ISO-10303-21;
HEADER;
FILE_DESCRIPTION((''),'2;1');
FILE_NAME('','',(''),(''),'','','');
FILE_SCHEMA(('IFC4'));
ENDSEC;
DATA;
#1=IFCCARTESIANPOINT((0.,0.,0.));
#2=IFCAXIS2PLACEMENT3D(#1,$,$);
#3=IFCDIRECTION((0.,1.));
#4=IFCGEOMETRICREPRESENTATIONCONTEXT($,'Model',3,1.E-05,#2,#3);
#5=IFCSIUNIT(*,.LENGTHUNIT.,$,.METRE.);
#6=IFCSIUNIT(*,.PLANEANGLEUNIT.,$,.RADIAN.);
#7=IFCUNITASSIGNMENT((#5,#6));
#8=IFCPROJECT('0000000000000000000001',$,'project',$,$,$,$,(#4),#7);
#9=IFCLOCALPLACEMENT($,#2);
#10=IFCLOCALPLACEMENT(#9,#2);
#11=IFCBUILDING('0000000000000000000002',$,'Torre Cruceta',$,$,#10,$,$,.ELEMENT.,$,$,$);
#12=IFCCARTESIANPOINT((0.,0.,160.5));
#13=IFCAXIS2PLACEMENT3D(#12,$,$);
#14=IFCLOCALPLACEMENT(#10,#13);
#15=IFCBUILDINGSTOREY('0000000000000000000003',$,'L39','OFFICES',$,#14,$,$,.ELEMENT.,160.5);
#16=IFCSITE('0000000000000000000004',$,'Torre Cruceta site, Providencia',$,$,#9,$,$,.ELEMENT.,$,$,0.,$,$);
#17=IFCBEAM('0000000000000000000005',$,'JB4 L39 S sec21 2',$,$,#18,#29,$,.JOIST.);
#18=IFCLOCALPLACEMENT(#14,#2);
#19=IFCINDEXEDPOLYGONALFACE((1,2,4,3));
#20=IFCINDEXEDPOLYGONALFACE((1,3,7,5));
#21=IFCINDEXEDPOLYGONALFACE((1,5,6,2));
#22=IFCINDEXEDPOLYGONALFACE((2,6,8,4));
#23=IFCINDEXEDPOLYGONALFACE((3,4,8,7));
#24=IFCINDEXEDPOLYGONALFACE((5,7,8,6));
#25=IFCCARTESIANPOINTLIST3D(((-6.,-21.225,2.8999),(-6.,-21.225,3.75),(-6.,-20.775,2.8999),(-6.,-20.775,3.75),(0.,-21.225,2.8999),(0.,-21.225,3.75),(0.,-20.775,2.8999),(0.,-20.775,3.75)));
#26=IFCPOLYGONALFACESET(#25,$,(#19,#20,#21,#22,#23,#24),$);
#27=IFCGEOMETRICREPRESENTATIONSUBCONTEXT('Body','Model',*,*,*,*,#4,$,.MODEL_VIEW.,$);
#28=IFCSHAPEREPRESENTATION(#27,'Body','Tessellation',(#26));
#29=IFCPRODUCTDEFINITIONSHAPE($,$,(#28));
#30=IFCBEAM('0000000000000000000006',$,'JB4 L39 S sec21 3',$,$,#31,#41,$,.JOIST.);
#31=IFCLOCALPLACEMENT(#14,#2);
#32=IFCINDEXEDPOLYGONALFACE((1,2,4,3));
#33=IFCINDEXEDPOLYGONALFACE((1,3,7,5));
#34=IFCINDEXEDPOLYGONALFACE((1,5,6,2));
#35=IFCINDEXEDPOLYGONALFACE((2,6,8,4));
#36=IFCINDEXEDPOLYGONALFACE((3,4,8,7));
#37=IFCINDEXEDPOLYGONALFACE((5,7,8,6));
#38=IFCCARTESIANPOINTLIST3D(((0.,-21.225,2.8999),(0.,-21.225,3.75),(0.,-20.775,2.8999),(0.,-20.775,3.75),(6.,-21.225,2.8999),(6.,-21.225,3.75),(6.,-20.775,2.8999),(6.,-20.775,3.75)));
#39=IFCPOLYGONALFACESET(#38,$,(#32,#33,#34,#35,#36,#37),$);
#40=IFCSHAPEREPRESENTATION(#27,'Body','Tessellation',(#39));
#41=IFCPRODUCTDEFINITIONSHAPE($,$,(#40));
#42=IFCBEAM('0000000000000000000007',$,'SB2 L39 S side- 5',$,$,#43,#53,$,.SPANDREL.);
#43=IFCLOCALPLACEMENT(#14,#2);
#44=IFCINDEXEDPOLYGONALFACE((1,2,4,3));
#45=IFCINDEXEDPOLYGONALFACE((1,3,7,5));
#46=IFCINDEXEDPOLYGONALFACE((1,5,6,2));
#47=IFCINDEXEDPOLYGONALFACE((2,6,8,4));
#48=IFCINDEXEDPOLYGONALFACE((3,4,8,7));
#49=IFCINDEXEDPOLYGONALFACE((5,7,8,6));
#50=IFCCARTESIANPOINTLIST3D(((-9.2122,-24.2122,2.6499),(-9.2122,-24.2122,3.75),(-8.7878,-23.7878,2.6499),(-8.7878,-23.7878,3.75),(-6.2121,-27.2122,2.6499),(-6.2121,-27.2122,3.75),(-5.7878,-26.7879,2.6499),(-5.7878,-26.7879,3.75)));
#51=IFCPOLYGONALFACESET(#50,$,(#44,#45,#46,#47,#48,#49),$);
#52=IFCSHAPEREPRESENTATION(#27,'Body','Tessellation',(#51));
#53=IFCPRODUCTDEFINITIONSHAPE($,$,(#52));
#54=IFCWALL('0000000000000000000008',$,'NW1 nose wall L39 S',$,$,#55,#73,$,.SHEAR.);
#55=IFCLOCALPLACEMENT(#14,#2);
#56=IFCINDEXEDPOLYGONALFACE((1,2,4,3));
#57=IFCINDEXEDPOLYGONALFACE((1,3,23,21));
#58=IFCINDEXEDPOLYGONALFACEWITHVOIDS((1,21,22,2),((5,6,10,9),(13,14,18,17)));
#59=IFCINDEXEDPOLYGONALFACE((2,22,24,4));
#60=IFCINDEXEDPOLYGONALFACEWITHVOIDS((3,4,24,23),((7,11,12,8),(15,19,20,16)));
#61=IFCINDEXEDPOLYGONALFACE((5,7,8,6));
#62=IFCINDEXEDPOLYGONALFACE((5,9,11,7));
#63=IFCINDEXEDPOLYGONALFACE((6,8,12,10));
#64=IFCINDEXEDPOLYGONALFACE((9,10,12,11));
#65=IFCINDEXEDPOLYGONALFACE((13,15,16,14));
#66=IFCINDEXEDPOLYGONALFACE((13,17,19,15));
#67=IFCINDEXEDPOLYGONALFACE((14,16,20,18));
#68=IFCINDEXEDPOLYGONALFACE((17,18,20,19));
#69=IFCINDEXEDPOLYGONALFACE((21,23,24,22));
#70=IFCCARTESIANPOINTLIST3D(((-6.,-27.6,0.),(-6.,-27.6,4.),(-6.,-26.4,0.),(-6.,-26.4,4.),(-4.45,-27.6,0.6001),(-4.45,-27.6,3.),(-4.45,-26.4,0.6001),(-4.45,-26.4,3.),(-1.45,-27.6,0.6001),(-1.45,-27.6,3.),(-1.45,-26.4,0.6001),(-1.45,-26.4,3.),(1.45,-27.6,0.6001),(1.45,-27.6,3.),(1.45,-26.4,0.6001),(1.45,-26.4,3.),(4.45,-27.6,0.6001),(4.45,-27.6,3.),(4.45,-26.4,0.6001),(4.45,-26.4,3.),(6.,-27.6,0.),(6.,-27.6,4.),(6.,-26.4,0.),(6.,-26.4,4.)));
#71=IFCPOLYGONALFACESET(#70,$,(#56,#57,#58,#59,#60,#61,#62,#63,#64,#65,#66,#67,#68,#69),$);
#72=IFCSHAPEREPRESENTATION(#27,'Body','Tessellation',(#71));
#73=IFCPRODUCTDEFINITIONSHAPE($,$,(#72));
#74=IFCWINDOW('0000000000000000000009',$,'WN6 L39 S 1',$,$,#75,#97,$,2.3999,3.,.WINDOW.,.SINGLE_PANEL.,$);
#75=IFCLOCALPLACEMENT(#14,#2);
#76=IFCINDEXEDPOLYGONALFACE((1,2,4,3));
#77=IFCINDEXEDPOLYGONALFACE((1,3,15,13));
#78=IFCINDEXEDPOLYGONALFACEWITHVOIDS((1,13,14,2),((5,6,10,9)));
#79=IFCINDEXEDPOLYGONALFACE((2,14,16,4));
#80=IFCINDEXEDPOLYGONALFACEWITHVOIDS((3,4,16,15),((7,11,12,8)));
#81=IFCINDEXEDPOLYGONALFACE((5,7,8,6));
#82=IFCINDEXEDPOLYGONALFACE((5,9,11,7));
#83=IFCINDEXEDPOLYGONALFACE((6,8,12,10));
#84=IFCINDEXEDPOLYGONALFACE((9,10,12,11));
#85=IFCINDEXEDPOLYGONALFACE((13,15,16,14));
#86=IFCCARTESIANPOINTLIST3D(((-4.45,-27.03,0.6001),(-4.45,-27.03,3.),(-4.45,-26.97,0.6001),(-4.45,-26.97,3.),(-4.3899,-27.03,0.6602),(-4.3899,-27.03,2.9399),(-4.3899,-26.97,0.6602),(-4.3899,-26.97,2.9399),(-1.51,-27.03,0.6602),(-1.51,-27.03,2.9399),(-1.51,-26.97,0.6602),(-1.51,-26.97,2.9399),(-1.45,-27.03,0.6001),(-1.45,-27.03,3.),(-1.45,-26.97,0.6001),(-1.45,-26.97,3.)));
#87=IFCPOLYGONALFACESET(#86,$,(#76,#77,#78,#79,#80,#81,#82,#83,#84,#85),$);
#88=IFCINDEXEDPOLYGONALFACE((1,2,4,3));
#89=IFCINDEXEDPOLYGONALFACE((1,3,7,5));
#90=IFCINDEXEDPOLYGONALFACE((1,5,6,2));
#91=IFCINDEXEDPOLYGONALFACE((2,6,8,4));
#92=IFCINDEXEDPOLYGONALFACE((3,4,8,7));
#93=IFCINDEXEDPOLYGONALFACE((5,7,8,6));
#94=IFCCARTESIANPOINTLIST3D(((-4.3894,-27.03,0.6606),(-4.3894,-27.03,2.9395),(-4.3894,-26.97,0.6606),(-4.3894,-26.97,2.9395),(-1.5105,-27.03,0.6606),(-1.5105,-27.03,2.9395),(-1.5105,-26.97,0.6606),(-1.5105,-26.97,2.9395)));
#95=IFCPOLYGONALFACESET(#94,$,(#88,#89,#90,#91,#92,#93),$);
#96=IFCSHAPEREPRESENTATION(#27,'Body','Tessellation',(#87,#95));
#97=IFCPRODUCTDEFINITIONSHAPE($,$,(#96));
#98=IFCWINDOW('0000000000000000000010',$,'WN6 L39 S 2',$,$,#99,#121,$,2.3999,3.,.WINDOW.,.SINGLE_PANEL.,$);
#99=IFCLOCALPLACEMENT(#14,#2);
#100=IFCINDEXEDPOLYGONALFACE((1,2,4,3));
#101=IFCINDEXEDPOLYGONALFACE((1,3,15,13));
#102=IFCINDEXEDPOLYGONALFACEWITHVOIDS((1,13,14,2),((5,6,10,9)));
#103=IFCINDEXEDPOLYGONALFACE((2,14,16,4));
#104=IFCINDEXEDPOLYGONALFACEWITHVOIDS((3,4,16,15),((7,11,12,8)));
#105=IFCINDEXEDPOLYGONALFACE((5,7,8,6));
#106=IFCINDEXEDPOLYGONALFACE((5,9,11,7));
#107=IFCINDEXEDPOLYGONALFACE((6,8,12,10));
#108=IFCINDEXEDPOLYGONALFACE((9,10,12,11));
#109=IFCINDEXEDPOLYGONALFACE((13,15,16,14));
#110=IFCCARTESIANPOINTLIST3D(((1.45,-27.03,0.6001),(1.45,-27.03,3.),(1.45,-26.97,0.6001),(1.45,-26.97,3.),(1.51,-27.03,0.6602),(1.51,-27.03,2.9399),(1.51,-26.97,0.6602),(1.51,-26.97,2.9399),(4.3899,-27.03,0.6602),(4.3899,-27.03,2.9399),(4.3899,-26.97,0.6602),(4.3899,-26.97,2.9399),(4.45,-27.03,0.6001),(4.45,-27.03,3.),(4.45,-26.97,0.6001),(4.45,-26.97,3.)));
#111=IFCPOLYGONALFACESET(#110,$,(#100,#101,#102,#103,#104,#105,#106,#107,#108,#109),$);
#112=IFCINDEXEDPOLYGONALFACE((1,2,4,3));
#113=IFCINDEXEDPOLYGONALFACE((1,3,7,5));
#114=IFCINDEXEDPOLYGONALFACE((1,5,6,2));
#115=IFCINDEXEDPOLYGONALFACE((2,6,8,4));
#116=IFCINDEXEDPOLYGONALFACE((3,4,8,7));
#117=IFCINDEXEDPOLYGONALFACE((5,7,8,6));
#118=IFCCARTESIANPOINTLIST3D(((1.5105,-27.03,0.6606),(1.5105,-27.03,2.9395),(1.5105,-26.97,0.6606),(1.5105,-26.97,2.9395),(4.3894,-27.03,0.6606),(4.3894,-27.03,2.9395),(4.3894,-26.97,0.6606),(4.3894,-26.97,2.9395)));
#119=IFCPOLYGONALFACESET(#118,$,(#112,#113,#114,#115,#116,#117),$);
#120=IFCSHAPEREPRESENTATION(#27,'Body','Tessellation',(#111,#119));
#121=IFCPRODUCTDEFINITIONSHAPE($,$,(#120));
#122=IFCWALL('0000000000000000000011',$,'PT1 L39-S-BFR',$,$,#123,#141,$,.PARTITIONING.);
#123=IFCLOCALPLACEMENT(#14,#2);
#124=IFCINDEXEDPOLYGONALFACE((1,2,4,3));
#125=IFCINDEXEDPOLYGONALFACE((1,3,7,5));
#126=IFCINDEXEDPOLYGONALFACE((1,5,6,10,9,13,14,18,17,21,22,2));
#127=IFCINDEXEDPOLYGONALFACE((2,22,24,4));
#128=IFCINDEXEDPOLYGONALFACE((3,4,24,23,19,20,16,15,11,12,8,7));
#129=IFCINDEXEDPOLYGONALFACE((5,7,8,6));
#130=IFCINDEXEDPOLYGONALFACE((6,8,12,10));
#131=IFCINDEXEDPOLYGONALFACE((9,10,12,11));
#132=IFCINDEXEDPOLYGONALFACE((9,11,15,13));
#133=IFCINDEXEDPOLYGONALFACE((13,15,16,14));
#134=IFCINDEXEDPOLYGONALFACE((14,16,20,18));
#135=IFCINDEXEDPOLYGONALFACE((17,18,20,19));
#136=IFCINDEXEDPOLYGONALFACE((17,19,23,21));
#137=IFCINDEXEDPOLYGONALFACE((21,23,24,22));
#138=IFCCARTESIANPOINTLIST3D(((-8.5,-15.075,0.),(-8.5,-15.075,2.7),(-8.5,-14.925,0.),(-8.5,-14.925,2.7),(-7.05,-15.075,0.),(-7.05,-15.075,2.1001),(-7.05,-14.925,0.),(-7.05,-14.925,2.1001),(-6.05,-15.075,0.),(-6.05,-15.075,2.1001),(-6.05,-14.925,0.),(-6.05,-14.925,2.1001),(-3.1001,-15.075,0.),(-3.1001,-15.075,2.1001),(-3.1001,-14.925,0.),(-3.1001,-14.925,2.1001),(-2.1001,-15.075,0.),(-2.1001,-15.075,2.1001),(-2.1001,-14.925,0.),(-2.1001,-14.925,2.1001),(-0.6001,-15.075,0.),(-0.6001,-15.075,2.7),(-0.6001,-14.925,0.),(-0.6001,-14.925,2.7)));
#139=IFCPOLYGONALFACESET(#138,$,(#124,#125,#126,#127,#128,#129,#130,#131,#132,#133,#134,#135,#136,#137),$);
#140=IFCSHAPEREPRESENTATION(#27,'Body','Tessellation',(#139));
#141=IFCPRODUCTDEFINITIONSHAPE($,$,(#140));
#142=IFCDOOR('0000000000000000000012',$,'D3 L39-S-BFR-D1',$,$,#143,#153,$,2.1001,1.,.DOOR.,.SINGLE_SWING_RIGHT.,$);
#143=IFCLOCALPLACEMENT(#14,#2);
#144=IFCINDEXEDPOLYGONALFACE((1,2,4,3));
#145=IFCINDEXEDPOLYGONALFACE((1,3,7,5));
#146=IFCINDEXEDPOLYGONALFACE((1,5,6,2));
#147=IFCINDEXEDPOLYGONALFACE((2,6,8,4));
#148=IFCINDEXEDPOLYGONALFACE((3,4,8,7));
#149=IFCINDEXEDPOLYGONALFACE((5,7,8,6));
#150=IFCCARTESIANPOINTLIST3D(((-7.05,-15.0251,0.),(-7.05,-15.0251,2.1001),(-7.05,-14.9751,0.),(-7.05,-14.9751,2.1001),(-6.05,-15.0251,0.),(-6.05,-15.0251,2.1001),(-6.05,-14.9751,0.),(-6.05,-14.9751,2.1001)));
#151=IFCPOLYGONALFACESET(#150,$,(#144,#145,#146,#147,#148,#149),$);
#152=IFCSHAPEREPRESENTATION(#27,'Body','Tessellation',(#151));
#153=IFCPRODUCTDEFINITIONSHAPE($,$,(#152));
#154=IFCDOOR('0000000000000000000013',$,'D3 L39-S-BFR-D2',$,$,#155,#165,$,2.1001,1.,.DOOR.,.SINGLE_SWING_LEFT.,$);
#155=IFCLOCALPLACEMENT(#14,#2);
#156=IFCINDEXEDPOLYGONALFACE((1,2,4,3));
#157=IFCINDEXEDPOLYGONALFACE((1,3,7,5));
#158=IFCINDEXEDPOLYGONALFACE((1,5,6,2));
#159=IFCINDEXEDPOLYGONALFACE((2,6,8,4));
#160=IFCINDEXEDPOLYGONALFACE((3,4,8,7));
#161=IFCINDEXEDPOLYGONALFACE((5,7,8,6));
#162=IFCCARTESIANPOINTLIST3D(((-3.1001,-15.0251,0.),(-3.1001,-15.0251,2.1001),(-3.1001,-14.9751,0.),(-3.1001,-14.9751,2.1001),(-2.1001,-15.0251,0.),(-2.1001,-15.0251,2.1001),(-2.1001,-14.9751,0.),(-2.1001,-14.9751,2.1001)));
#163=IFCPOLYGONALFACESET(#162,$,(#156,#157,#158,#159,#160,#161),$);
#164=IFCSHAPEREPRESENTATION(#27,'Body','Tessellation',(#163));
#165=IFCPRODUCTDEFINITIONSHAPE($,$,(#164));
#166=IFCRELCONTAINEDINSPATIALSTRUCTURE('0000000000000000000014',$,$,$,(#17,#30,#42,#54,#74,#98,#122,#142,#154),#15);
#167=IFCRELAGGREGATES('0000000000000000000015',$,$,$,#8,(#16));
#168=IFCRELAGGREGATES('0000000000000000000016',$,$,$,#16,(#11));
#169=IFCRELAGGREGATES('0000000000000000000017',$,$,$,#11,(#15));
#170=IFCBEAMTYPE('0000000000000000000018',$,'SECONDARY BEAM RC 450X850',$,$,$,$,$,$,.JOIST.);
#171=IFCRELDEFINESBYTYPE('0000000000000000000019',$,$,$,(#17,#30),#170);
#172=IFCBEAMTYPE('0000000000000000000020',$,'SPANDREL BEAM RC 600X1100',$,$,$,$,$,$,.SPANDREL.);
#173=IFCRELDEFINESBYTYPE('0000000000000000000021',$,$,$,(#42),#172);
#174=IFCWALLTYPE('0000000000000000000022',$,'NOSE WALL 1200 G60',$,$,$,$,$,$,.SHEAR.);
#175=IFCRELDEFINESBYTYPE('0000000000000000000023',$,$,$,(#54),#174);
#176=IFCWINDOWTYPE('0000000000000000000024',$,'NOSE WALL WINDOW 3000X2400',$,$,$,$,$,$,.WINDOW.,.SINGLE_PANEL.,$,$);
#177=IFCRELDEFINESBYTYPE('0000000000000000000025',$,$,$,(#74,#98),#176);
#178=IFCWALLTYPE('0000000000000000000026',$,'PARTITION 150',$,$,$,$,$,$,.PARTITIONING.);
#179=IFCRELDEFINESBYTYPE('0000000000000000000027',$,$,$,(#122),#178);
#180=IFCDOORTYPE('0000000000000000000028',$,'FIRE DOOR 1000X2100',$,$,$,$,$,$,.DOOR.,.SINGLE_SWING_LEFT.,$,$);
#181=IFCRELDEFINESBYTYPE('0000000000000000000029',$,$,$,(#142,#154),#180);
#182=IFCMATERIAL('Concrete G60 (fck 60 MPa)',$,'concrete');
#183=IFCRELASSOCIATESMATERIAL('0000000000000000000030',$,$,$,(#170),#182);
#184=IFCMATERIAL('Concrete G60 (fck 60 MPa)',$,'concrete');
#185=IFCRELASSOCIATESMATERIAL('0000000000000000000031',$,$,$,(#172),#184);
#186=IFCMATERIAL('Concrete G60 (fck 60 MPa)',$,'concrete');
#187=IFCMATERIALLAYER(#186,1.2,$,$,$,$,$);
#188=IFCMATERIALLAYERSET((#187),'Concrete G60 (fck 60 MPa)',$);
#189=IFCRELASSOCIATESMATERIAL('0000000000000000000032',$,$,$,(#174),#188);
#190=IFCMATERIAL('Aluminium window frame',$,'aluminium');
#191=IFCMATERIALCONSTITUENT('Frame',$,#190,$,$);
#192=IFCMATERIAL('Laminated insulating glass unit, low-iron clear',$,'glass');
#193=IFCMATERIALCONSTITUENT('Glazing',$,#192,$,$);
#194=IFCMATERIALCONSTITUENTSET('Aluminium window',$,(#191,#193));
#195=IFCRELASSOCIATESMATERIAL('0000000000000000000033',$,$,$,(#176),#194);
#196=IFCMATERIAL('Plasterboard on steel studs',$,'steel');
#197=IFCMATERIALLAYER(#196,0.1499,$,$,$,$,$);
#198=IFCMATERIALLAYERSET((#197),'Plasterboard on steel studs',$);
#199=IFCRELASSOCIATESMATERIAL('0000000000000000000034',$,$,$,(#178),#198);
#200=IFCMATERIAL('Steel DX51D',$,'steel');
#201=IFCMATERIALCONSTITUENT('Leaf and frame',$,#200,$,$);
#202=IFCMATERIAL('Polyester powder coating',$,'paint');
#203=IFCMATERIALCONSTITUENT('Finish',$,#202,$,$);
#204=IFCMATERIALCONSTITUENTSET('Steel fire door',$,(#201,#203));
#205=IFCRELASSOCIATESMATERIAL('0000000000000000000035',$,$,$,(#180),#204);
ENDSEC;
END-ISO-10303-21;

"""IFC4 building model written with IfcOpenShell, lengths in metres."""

from ifc_helpers import new_model, si_unit, direction, frame, frame_2d, origin, origin_2d, place, context, subcontext, project, spatial, rectangle, hollow_rectangle, extrude, material, layer, layer_set, constituent, constituent_set, material_profile, profile_set, type_object, element, fill, save


model = new_model("IFC4")

# Units and contexts
model_context = context("Model", 3, precision=1e-05, world=origin(), true_north=direction((0.0, 1.0)))
body_context = subcontext(model_context, "Body", "Model", "MODEL_VIEW")
ifc_project = project(units=[si_unit("LENGTHUNIT", "METRE"), si_unit("PLANEANGLEUNIT", "RADIAN")], contexts=[model_context])

# Site, building, storey
site_placement = place(None, origin())
site = spatial("IfcSite", under=ifc_project, at=site_placement, Name="Torre Cruceta site, Providencia", CompositionType="ELEMENT", RefElevation=0.0)
building_placement = place(site_placement, origin())
building = spatial("IfcBuilding", under=site, at=building_placement, Name="Torre Cruceta", CompositionType="ELEMENT")
storey_placement = place(building_placement, frame((0.0, 0.0, 160.5)))
storey = spatial("IfcBuildingStorey", under=building, at=storey_placement, Name="L39", Description="OFFICES", CompositionType="ELEMENT", Elevation=160.5)

# Beams
ifc_material_1 = material(Name="Concrete G60 (fck 60 MPa)", Category="concrete")
ifc_material_profile_1 = material_profile(ifc_material_1, rectangle(XDim=0.45, YDim=0.8501, at=origin_2d()), Name="RC 450X850")
ifc_profile_set_1 = profile_set([ifc_material_profile_1], Name="Concrete G60 (fck 60 MPa)")
beam_type_1 = type_object("IfcBeamType", Name="SECONDARY BEAM RC 450X850", PredefinedType="JOIST", material=ifc_profile_set_1)
for number, where, z_axis, x_axis, name in (
    (1, (-6.0, -21.0, 3.325), (1.0, 0.0, 0.0), (0.0, 1.0, 0.0), "JB4 L39 S sec21 2"),
    (2, (0.0, -21.0, 3.325), (1.0, 0.0, 0.0), (0.0, 1.0, 0.0), "JB4 L39 S sec21 3"),
):
    element("IfcBeam", number, at=place(storey_placement, frame(where, z_axis=z_axis, x_axis=x_axis)), inside=storey, type_object=beam_type_1, Name=name, PredefinedType="JOIST", context=body_context, shape_type="SweptSolid", body=[
        extrude(rectangle(XDim=0.45, YDim=0.8501, at=origin_2d()), origin(), (0.0, 0.0, 1.0), 6.0),
    ])
ifc_material_2 = material(Name="Concrete G60 (fck 60 MPa)", Category="concrete")
ifc_material_profile_2 = material_profile(ifc_material_2, rectangle(XDim=0.6001, YDim=1.1001, at=origin_2d()), Name="RC 600X1100")
ifc_profile_set_2 = profile_set([ifc_material_profile_2], Name="Concrete G60 (fck 60 MPa)")
beam_type_2 = type_object("IfcBeamType", Name="SPANDREL BEAM RC 600X1100", PredefinedType="SPANDREL", material=ifc_profile_set_2)
beam_1_placement = place(storey_placement, frame((-9.0, -24.0, 3.2), z_axis=(0.707107, -0.707107, 0.0), x_axis=(0.707107, 0.707107, 0.0)))
element("IfcBeam", 3, at=beam_1_placement, inside=storey, type_object=beam_type_2, Name="SB2 L39 S side- 5", PredefinedType="SPANDREL", context=body_context, shape_type="SweptSolid", body=[
    extrude(rectangle(XDim=0.6001, YDim=1.1001, at=origin_2d()), origin(), (0.0, 0.0, 1.0), 4.2427),
])

# Wall, openings, windows
ifc_material_3 = material(Name="Concrete G60 (fck 60 MPa)", Category="concrete")
ifc_layer_1 = layer(ifc_material_3, 1.2)
ifc_layer_set_1 = layer_set([ifc_layer_1], Name="Concrete G60 (fck 60 MPa)")
wall_type_1 = type_object("IfcWallType", Name="NOSE WALL 1200 G60", PredefinedType="SHEAR", material=ifc_layer_set_1)
wall_1_placement = place(storey_placement, frame((-6.0, -27.0, 0.0), z_axis=(0.0, 0.0, 1.0), x_axis=(1.0, 0.0, 0.0)))
wall_1 = element("IfcWall", 4, at=wall_1_placement, inside=storey, type_object=wall_type_1, Name="NW1 nose wall L39 S", PredefinedType="SHEAR", context=body_context, shape_type="SweptSolid", body=[
    extrude(rectangle(XDim=12.0, YDim=1.2, at=frame_2d((6.0, 0.0))), origin(), (0.0, 0.0, 1.0), 4.0),
])
opening_1_placement = place(wall_1_placement, frame((1.55, 0.0, 0.6001)))
opening_1 = element("IfcOpeningElement", 5, at=opening_1_placement, cuts=wall_1, PredefinedType="OPENING", context=body_context, shape_type="SweptSolid", body=[
    extrude(rectangle(XDim=3.0, YDim=2.3999, at=frame_2d((1.5, 1.2))), frame((0.0, 0.6099, 0.0), z_axis=(0.0, -1.0, 0.0), x_axis=(1.0, 0.0, 0.0)), (0.0, 0.0, 1.0), 1.22),
])
opening_2_placement = place(wall_1_placement, frame((7.45, 0.0, 0.6001)))
opening_2 = element("IfcOpeningElement", 6, at=opening_2_placement, cuts=wall_1, PredefinedType="OPENING", context=body_context, shape_type="SweptSolid", body=[
    extrude(rectangle(XDim=3.0, YDim=2.3999, at=frame_2d((1.5, 1.2))), frame((0.0, 0.6099, 0.0), z_axis=(0.0, -1.0, 0.0), x_axis=(1.0, 0.0, 0.0)), (0.0, 0.0, 1.0), 1.22),
])
ifc_material_4 = material(Name="Aluminium window frame", Category="aluminium")
ifc_constituent_1 = constituent(ifc_material_4, Name="Frame")
ifc_material_5 = material(Name="Laminated insulating glass unit, low-iron clear", Category="glass")
ifc_constituent_2 = constituent(ifc_material_5, Name="Glazing")
ifc_constituent_set_1 = constituent_set(constituents=[ifc_constituent_1, ifc_constituent_2], Name="Aluminium window")
window_type = type_object("IfcWindowType", Name="NOSE WALL WINDOW 3000X2400", PartitioningType="SINGLE_PANEL", PredefinedType="WINDOW", material=ifc_constituent_set_1)
window_1_placement = place(opening_1_placement, origin())
window_1 = element("IfcWindow", 7, at=window_1_placement, inside=storey, type_object=window_type, Name="WN6 L39 S 1", OverallHeight=2.3999, OverallWidth=3.0, PartitioningType="SINGLE_PANEL", PredefinedType="WINDOW", context=body_context, shape_type="SweptSolid", body=[
    extrude(hollow_rectangle(XDim=3.0, YDim=2.3999, WallThickness=0.0601, at=frame_2d((1.5, 1.2))), frame((0.0, 0.03, 0.0), z_axis=(0.0, -1.0, 0.0), x_axis=(1.0, 0.0, 0.0)), (0.0, 0.0, 1.0), 0.0601),
    extrude(rectangle(XDim=2.8789, YDim=2.2788, at=frame_2d((1.5, 1.2))), frame((0.0, 0.03, 0.0), z_axis=(0.0, -1.0, 0.0), x_axis=(1.0, 0.0, 0.0)), (0.0, 0.0, 1.0), 0.0601),
])
fill(opening_1, window_1)
window_2_placement = place(opening_2_placement, origin())
window_2 = element("IfcWindow", 8, at=window_2_placement, inside=storey, type_object=window_type, Name="WN6 L39 S 2", OverallHeight=2.3999, OverallWidth=3.0, PartitioningType="SINGLE_PANEL", PredefinedType="WINDOW", context=body_context, shape_type="SweptSolid", body=[
    extrude(hollow_rectangle(XDim=3.0, YDim=2.3999, WallThickness=0.0601, at=frame_2d((1.5, 1.2))), frame((0.0, 0.03, 0.0), z_axis=(0.0, -1.0, 0.0), x_axis=(1.0, 0.0, 0.0)), (0.0, 0.0, 1.0), 0.0601),
    extrude(rectangle(XDim=2.8789, YDim=2.2788, at=frame_2d((1.5, 1.2))), frame((0.0, 0.03, 0.0), z_axis=(0.0, -1.0, 0.0), x_axis=(1.0, 0.0, 0.0)), (0.0, 0.0, 1.0), 0.0601),
])
fill(opening_2, window_2)

# Wall, openings, doors
ifc_material_6 = material(Name="Plasterboard on steel studs", Category="steel")
ifc_layer_2 = layer(ifc_material_6, 0.1499)
ifc_layer_set_2 = layer_set([ifc_layer_2], Name="Plasterboard on steel studs")
wall_type_2 = type_object("IfcWallType", Name="PARTITION 150", PredefinedType="PARTITIONING", material=ifc_layer_set_2)
wall_2_placement = place(storey_placement, frame((-8.5, -15.0, 0.0), z_axis=(0.0, 0.0, 1.0), x_axis=(1.0, 0.0, 0.0)))
wall_2 = element("IfcWall", 9, at=wall_2_placement, inside=storey, type_object=wall_type_2, Name="PT1 L39-S-BFR", PredefinedType="PARTITIONING", context=body_context, shape_type="SweptSolid", body=[
    extrude(rectangle(XDim=7.8999, YDim=0.1499, at=frame_2d((3.95, 0.0))), origin(), (0.0, 0.0, 1.0), 2.7),
])
opening_3_placement = place(wall_2_placement, frame((1.45, 0.0, 0.0)))
opening_3 = element("IfcOpeningElement", 10, at=opening_3_placement, cuts=wall_2, PredefinedType="OPENING", context=body_context, shape_type="SweptSolid", body=[
    extrude(rectangle(XDim=1.0, YDim=2.1001, at=frame_2d((0.5, 1.05))), frame((0.0, 0.085, 0.0), z_axis=(0.0, -1.0, 0.0), x_axis=(1.0, 0.0, 0.0)), (0.0, 0.0, 1.0), 0.1699),
])
opening_4_placement = place(wall_2_placement, frame((5.3999, 0.0, 0.0)))
opening_4 = element("IfcOpeningElement", 11, at=opening_4_placement, cuts=wall_2, PredefinedType="OPENING", context=body_context, shape_type="SweptSolid", body=[
    extrude(rectangle(XDim=1.0, YDim=2.1001, at=frame_2d((0.5, 1.05))), frame((0.0, 0.085, 0.0), z_axis=(0.0, -1.0, 0.0), x_axis=(1.0, 0.0, 0.0)), (0.0, 0.0, 1.0), 0.1699),
])
ifc_material_7 = material(Name="Steel DX51D", Category="steel")
ifc_constituent_3 = constituent(ifc_material_7, Name="Leaf and frame")
ifc_material_8 = material(Name="Polyester powder coating", Category="paint")
ifc_constituent_4 = constituent(ifc_material_8, Name="Finish")
ifc_constituent_set_2 = constituent_set(constituents=[ifc_constituent_3, ifc_constituent_4], Name="Steel fire door")
door_type_1 = type_object("IfcDoorType", Name="FIRE DOOR 1000X2100", OperationType="SINGLE_SWING_LEFT", PredefinedType="DOOR", material=ifc_constituent_set_2)
door_1_placement = place(opening_3_placement, origin())
door_1 = element("IfcDoor", 12, at=door_1_placement, inside=storey, type_object=door_type_1, Name="D3 L39-S-BFR-D1", OperationType="SINGLE_SWING_RIGHT", OverallHeight=2.1001, OverallWidth=1.0, PredefinedType="DOOR", context=body_context, shape_type="SweptSolid", body=[
    extrude(rectangle(XDim=1.0, YDim=2.1001, at=frame_2d((0.5, 1.05))), frame((0.0, 0.0249, 0.0), z_axis=(0.0, -1.0, 0.0), x_axis=(1.0, 0.0, 0.0)), (0.0, 0.0, 1.0), 0.05),
])
fill(opening_3, door_1)
door_2_placement = place(opening_4_placement, origin())
door_2 = element("IfcDoor", 13, at=door_2_placement, inside=storey, type_object=door_type_1, Name="D3 L39-S-BFR-D2", OperationType="SINGLE_SWING_LEFT", OverallHeight=2.1001, OverallWidth=1.0, PredefinedType="DOOR", context=body_context, shape_type="SweptSolid", body=[
    extrude(rectangle(XDim=1.0, YDim=2.1001, at=frame_2d((0.5, 1.05))), frame((0.0, 0.0249, 0.0), z_axis=(0.0, -1.0, 0.0), x_axis=(1.0, 0.0, 0.0)), (0.0, 0.0, 1.0), 0.05),
])
fill(opening_4, door_2)

save(model, "model.ifc")
